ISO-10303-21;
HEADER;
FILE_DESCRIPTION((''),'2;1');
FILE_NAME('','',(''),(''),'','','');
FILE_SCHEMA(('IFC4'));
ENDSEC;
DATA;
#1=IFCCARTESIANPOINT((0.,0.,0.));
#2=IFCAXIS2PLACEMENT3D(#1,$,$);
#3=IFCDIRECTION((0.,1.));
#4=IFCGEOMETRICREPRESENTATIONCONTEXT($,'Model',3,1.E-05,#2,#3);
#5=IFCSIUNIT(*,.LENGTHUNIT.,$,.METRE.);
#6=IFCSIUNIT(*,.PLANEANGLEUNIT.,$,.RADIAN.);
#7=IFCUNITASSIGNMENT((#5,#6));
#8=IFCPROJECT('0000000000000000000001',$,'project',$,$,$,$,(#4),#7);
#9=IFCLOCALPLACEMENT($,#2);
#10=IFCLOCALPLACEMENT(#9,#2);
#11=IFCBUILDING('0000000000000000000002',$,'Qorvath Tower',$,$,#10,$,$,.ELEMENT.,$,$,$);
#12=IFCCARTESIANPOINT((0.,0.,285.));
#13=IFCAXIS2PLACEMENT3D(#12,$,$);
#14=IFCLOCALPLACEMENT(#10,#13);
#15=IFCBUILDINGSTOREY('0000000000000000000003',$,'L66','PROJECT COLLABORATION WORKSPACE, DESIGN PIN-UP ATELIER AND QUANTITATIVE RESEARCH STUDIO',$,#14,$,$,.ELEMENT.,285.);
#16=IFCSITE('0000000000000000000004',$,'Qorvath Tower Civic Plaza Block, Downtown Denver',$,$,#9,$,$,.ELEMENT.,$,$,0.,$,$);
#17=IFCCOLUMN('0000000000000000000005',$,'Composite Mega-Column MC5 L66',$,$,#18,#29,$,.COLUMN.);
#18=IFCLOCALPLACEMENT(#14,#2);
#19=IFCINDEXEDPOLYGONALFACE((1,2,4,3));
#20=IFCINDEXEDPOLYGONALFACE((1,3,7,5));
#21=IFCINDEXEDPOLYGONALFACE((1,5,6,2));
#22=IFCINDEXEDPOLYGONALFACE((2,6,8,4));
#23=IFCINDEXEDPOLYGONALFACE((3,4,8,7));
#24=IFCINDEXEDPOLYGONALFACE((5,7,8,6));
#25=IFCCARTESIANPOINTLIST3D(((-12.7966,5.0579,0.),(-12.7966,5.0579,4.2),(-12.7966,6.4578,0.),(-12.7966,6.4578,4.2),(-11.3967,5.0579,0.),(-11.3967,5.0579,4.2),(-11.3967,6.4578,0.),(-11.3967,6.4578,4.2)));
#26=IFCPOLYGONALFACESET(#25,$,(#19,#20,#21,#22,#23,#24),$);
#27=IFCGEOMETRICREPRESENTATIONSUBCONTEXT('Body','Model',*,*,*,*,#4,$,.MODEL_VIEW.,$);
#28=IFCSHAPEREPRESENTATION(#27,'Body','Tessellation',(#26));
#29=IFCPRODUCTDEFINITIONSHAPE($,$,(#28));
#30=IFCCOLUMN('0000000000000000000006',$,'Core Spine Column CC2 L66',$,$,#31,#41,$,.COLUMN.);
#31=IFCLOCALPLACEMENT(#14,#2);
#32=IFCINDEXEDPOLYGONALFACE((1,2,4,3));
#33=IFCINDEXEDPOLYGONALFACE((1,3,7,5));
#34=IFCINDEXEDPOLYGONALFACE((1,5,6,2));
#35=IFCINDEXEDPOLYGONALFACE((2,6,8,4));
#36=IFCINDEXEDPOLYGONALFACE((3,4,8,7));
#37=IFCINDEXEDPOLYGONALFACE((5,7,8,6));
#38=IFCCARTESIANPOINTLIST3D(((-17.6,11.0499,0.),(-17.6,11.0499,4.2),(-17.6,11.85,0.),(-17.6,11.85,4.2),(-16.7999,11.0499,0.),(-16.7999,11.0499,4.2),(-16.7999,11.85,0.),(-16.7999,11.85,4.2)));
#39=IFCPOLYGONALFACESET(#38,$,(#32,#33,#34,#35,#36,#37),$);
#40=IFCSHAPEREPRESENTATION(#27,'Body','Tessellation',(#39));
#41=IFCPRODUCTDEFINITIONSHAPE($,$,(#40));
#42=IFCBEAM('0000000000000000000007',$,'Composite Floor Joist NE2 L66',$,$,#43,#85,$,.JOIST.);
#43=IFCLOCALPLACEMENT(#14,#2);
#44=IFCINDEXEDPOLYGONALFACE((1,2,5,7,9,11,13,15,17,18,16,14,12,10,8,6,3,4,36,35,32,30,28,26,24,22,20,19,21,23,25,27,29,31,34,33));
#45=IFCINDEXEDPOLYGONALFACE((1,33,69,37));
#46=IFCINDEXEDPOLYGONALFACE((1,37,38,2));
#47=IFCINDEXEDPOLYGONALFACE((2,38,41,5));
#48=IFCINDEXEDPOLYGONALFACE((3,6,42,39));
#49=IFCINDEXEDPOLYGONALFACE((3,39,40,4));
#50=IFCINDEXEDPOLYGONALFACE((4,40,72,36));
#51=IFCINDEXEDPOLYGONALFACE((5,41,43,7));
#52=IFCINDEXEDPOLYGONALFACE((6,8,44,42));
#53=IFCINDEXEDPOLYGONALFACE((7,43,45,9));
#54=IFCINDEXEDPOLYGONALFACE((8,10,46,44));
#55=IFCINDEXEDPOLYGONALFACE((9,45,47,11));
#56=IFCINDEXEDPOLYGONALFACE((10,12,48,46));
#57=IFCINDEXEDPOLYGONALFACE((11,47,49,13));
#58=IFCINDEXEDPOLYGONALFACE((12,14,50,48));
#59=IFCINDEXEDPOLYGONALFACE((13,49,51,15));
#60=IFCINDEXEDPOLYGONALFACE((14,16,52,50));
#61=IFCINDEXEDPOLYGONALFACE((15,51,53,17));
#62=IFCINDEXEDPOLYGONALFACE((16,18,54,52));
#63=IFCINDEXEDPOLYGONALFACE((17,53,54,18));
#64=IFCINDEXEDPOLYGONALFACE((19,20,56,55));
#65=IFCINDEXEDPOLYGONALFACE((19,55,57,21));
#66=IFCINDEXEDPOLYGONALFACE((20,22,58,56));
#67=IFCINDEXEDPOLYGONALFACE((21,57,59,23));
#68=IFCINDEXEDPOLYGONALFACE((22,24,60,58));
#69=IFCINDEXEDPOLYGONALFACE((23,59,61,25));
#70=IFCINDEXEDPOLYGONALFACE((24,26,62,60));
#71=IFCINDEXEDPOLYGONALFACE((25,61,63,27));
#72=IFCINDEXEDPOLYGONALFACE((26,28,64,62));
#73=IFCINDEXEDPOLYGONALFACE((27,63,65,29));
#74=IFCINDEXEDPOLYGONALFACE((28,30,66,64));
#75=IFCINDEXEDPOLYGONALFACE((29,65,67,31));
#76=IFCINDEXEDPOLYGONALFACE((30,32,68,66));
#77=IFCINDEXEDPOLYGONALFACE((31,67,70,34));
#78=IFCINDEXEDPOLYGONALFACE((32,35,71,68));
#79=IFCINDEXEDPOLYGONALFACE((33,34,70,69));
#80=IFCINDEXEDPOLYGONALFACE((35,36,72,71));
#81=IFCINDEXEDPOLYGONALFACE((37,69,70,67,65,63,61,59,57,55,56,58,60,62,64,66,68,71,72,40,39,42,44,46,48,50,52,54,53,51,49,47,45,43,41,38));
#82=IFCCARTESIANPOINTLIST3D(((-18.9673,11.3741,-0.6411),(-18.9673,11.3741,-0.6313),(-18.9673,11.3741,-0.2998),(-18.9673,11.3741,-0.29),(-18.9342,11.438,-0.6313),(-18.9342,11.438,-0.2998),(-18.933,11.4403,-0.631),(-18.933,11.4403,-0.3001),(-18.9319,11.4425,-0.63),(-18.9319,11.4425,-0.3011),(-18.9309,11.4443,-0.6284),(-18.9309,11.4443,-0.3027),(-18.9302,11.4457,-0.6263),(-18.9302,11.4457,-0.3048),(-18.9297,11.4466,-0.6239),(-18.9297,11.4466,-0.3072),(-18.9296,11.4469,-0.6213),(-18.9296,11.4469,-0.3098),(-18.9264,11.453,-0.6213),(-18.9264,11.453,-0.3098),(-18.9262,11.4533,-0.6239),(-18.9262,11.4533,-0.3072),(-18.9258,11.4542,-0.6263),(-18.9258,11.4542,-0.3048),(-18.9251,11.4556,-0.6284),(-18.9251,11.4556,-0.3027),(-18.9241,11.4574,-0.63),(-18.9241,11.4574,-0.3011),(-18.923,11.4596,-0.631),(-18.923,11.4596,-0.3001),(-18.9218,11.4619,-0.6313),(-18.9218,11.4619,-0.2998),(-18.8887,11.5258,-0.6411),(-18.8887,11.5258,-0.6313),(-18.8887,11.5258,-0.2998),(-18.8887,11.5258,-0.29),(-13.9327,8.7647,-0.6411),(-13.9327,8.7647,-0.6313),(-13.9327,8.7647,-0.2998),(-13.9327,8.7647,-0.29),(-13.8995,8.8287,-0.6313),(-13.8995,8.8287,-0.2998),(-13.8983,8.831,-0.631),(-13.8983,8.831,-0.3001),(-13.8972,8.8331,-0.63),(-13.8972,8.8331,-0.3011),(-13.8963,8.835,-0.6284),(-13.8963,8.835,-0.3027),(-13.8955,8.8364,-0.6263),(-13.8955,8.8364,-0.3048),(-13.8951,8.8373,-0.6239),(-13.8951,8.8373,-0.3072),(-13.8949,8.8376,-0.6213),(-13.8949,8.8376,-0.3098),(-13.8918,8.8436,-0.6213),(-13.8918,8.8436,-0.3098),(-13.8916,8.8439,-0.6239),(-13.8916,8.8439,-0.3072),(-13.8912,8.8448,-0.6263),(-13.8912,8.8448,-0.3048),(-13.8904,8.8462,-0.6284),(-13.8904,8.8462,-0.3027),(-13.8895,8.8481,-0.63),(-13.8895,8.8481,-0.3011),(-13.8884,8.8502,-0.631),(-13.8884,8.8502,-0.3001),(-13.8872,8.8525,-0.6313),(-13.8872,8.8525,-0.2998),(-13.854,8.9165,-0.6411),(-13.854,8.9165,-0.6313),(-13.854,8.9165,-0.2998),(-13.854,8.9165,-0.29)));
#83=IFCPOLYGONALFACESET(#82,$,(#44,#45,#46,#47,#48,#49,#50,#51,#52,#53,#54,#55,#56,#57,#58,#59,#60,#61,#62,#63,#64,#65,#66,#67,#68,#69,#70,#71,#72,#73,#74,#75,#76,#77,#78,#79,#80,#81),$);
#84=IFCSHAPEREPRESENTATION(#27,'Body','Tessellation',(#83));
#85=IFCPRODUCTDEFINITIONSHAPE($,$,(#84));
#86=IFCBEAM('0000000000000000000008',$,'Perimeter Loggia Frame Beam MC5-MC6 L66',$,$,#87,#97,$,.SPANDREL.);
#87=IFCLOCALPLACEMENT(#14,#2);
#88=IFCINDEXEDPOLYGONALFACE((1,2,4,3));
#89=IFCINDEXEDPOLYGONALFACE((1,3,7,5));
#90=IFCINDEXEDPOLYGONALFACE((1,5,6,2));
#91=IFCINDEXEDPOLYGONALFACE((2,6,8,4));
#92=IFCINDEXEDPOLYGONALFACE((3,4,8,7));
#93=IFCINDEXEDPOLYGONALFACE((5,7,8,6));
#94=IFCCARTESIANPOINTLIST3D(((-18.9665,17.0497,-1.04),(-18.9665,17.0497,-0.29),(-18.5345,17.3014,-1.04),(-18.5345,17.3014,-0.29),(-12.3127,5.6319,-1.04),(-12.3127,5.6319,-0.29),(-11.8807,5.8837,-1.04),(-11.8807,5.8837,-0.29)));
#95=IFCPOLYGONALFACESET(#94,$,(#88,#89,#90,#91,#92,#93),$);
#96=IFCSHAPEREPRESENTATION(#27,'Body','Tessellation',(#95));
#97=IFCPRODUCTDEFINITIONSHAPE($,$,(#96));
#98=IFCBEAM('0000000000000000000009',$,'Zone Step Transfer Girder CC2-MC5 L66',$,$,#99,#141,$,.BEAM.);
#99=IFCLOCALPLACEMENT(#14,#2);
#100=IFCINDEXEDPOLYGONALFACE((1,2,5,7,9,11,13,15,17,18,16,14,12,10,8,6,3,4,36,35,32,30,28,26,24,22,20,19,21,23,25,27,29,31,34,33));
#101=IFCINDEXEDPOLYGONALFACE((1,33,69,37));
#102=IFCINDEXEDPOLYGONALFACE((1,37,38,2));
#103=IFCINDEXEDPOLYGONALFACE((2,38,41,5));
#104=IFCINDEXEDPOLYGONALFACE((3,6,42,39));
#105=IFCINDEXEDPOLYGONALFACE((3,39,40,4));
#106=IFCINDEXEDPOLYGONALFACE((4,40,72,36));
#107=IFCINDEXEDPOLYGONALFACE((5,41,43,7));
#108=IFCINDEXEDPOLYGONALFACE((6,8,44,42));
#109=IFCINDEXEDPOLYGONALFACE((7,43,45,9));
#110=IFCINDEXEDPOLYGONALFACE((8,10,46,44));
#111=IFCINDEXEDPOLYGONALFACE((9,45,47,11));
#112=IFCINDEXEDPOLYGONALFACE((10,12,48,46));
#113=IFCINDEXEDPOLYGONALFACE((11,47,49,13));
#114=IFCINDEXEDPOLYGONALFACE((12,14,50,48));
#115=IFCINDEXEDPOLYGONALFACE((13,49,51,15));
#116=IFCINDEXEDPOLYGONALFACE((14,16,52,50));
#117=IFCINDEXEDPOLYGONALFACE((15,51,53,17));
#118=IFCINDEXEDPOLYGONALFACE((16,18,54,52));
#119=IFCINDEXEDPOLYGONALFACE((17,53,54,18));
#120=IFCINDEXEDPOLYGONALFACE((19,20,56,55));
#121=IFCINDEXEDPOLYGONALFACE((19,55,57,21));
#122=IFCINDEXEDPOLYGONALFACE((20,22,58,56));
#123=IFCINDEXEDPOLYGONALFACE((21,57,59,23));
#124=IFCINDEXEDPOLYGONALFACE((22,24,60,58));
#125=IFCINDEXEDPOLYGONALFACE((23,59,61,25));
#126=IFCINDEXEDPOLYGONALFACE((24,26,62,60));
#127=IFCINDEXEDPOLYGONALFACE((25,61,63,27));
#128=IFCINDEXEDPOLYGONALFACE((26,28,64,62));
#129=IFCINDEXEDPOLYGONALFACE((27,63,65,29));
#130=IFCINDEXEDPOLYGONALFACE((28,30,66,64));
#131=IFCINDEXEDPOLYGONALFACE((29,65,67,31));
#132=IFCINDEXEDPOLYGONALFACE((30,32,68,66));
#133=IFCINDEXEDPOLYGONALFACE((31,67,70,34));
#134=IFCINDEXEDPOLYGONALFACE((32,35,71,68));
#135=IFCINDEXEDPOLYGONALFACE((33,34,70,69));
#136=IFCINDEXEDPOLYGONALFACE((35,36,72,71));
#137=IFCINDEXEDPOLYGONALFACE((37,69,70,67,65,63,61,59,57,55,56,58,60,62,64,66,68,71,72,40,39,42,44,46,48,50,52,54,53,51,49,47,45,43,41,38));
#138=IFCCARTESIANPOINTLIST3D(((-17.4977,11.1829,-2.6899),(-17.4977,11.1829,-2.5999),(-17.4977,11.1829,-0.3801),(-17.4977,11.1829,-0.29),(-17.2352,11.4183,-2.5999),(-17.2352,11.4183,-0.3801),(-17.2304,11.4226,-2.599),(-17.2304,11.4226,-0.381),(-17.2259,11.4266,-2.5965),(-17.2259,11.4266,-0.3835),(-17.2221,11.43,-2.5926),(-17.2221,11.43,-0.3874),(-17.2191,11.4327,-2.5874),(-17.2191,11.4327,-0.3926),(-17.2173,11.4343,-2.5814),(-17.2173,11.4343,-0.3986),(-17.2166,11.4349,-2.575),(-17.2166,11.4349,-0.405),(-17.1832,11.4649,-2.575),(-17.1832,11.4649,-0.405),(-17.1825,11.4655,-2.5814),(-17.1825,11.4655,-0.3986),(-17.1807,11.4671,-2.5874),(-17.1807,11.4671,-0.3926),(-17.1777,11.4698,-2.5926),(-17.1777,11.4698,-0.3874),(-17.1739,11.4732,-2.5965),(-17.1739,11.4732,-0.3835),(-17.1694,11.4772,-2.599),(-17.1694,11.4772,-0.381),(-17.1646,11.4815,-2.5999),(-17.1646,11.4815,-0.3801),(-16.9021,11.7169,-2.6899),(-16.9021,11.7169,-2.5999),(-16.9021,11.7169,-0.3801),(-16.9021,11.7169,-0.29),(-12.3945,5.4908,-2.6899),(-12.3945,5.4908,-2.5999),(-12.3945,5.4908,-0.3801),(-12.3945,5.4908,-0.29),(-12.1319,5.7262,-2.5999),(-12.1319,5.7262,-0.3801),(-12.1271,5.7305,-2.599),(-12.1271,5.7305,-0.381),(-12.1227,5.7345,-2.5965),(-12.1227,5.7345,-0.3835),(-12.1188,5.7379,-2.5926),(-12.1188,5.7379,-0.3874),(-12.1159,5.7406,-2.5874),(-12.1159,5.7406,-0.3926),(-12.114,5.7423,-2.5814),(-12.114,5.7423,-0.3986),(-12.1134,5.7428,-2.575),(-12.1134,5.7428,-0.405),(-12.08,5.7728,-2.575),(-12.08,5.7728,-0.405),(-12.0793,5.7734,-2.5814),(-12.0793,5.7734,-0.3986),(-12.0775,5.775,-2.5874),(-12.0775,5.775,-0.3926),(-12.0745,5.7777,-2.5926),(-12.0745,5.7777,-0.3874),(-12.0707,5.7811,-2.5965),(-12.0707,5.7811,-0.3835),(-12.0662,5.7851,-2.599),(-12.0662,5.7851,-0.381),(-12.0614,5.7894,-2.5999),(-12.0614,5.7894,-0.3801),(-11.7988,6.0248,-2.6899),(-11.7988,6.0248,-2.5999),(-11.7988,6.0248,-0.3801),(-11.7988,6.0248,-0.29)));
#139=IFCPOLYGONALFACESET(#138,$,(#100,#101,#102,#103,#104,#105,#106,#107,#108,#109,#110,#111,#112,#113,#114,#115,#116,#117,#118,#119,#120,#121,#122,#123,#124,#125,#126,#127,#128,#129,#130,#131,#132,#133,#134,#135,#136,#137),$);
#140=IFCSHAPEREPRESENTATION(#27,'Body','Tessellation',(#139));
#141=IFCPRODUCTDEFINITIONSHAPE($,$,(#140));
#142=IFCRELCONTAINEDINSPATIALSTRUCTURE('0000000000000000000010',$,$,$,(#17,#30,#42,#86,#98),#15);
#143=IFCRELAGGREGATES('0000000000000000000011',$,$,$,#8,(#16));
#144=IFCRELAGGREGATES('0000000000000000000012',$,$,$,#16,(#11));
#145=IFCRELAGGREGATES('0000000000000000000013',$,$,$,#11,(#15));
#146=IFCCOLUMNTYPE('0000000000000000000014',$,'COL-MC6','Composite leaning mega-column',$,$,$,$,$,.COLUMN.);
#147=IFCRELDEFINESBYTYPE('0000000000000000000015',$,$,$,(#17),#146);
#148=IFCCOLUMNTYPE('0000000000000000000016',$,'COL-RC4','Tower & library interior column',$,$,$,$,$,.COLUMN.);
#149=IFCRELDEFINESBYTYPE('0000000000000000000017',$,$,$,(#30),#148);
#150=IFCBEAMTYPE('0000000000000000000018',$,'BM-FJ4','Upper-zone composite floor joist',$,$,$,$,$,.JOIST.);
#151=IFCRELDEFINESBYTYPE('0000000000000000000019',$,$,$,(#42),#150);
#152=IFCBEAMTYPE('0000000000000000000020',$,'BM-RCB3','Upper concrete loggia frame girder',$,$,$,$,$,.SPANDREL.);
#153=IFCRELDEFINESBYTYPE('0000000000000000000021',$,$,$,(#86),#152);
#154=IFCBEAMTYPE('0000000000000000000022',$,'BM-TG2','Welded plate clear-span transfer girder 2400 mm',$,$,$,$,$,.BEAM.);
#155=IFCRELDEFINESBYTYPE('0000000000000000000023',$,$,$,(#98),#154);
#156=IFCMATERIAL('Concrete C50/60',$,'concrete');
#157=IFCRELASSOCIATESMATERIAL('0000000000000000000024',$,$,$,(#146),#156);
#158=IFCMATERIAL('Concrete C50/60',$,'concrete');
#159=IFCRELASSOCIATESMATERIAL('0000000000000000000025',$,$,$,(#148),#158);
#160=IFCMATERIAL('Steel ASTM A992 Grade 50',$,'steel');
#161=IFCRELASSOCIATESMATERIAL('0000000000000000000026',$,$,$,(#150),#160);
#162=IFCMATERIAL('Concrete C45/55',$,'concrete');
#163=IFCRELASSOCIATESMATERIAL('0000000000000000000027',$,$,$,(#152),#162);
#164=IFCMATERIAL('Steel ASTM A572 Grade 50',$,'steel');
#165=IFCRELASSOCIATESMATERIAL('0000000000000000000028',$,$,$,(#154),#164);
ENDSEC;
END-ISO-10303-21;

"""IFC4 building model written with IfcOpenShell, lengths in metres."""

from ifc_helpers import new_model, si_unit, direction, frame, origin, origin_2d, place, context, subcontext, project, spatial, rectangle, i_section, extrude, material, material_profile, profile_set, type_object, element, save


model = new_model("IFC4")

# Units and contexts
model_context = context("Model", 3, precision=1e-05, world=origin(), true_north=direction((0.0, 1.0)))
body_context = subcontext(model_context, "Body", "Model", "MODEL_VIEW")
ifc_project = project(units=[si_unit("LENGTHUNIT", "METRE"), si_unit("PLANEANGLEUNIT", "RADIAN")], contexts=[model_context])

# Site, building, storey
site_placement = place(None, origin())
site = spatial("IfcSite", under=ifc_project, at=site_placement, Name="Qorvath Tower Civic Plaza Block, Downtown Denver", CompositionType="ELEMENT", RefElevation=0.0)
building_placement = place(site_placement, origin())
building = spatial("IfcBuilding", under=site, at=building_placement, Name="Qorvath Tower", CompositionType="ELEMENT")
storey_placement = place(building_placement, frame((0.0, 0.0, 285.0)))
storey = spatial("IfcBuildingStorey", under=building, at=storey_placement, Name="L66", Description="PROJECT COLLABORATION WORKSPACE, DESIGN PIN-UP ATELIER AND QUANTITATIVE RESEARCH STUDIO", CompositionType="ELEMENT", Elevation=285.0)

# Columns
ifc_material_1 = material(Name="Concrete C50/60", Category="concrete")
ifc_material_profile_1 = material_profile(ifc_material_1, rectangle(XDim=1.3999, YDim=1.3999, at=origin_2d()), Name="MC 1400x1400")
ifc_profile_set_1 = profile_set([ifc_material_profile_1], Name="Concrete C50/60")
column_type_1 = type_object("IfcColumnType", Name="COL-MC6", Description="Composite leaning mega-column", PredefinedType="COLUMN", material=ifc_profile_set_1)
column_1_placement = place(storey_placement, frame((-12.0967, 5.7578, 0.0), z_axis=(0.0, 0.0, 1.0), x_axis=(1.0, 0.0, 0.0)))
element("IfcColumn", 1, at=column_1_placement, inside=storey, type_object=column_type_1, Name="Composite Mega-Column MC5 L66", PredefinedType="COLUMN", context=body_context, shape_type="SweptSolid", body=[
    extrude(rectangle(XDim=1.3999, YDim=1.3999, at=origin_2d()), origin(), (0.0, 0.0, 1.0), 4.2),
])
ifc_material_2 = material(Name="Concrete C50/60", Category="concrete")
ifc_material_profile_2 = material_profile(ifc_material_2, rectangle(XDim=0.8, YDim=0.8, at=origin_2d()), Name="RC 800x800")
ifc_profile_set_2 = profile_set([ifc_material_profile_2], Name="Concrete C50/60")
column_type_2 = type_object("IfcColumnType", Name="COL-RC4", Description="Tower & library interior column", PredefinedType="COLUMN", material=ifc_profile_set_2)
column_2_placement = place(storey_placement, frame((-17.2, 11.45, 0.0), z_axis=(0.0, 0.0, 1.0), x_axis=(1.0, 0.0, 0.0)))
element("IfcColumn", 2, at=column_2_placement, inside=storey, type_object=column_type_2, Name="Core Spine Column CC2 L66", PredefinedType="COLUMN", context=body_context, shape_type="SweptSolid", body=[
    extrude(rectangle(XDim=0.8, YDim=0.8, at=origin_2d()), origin(), (0.0, 0.0, 1.0), 4.2),
])

# Beams
ifc_material_3 = material(Name="Steel ASTM A992 Grade 50", Category="steel")
ifc_material_profile_3 = material_profile(ifc_material_3, i_section(OverallWidth=0.1709, OverallDepth=0.3511, WebThickness=0.0068, FlangeThickness=0.0098, FilletRadius=0.01, at=origin_2d()), Name="W14x30")
ifc_profile_set_3 = profile_set([ifc_material_profile_3], Name="Steel ASTM A992 Grade 50")
beam_type_1 = type_object("IfcBeamType", Name="BM-FJ4", Description="Upper-zone composite floor joist", PredefinedType="JOIST", material=ifc_profile_set_3)
beam_1_placement = place(storey_placement, frame((-18.928, 11.45, -0.4656), z_axis=(0.887841, -0.460151, 0.0), x_axis=(0.460151, 0.887841, 0.0)))
element("IfcBeam", 3, at=beam_1_placement, inside=storey, type_object=beam_type_1, Name="Composite Floor Joist NE2 L66", PredefinedType="JOIST", context=body_context, shape_type="SweptSolid", body=[
    extrude(i_section(OverallWidth=0.1709, OverallDepth=0.3511, WebThickness=0.0068, FlangeThickness=0.0098, FilletRadius=0.01, at=origin_2d()), origin(), (0.0, 0.0, 1.0), 5.6707),
])
ifc_material_4 = material(Name="Concrete C45/55", Category="concrete")
ifc_material_profile_4 = material_profile(ifc_material_4, rectangle(XDim=0.5, YDim=0.75, at=origin_2d()), Name="RCB 750x500")
ifc_profile_set_4 = profile_set([ifc_material_profile_4], Name="Concrete C45/55")
beam_type_2 = type_object("IfcBeamType", Name="BM-RCB3", Description="Upper concrete loggia frame girder", PredefinedType="SPANDREL", material=ifc_profile_set_4)
beam_2_placement = place(storey_placement, frame((-12.0967, 5.7578, -0.665), z_axis=(-0.503502, 0.863994, 0.0), x_axis=(-0.863994, -0.503502, 0.0)))
element("IfcBeam", 4, at=beam_2_placement, inside=storey, type_object=beam_type_2, Name="Perimeter Loggia Frame Beam MC5-MC6 L66", PredefinedType="SPANDREL", context=body_context, shape_type="SweptSolid", body=[
    extrude(rectangle(XDim=0.5, YDim=0.75, at=origin_2d()), origin(), (0.0, 0.0, 1.0), 13.2151),
])
ifc_material_5 = material(Name="Steel ASTM A572 Grade 50", Category="steel")
ifc_material_profile_5 = material_profile(ifc_material_5, i_section(OverallWidth=0.8, OverallDepth=2.3999, WebThickness=0.0449, FlangeThickness=0.0901, FilletRadius=0.0249, at=origin_2d()), Name="WTG 2400x800")
ifc_profile_set_5 = profile_set([ifc_material_profile_5], Name="Steel ASTM A572 Grade 50")
beam_type_3 = type_object("IfcBeamType", Name="BM-TG2", Description="Welded plate clear-span transfer girder 2400 mm", PredefinedType="BEAM", material=ifc_profile_set_5)
beam_3_placement = place(storey_placement, frame((-12.0967, 5.7578, -1.49), z_axis=(-0.667543, 0.744571, 0.0), x_axis=(-0.744571, -0.667543, 0.0)))
element("IfcBeam", 5, at=beam_3_placement, inside=storey, type_object=beam_type_3, Name="Zone Step Transfer Girder CC2-MC5 L66", PredefinedType="BEAM", context=body_context, shape_type="SweptSolid", body=[
    extrude(i_section(OverallWidth=0.8, OverallDepth=2.3999, WebThickness=0.0449, FlangeThickness=0.0901, FilletRadius=0.0249, at=origin_2d()), origin(), (0.0, 0.0, 1.0), 7.6448),
])

save(model, "model.ifc")
